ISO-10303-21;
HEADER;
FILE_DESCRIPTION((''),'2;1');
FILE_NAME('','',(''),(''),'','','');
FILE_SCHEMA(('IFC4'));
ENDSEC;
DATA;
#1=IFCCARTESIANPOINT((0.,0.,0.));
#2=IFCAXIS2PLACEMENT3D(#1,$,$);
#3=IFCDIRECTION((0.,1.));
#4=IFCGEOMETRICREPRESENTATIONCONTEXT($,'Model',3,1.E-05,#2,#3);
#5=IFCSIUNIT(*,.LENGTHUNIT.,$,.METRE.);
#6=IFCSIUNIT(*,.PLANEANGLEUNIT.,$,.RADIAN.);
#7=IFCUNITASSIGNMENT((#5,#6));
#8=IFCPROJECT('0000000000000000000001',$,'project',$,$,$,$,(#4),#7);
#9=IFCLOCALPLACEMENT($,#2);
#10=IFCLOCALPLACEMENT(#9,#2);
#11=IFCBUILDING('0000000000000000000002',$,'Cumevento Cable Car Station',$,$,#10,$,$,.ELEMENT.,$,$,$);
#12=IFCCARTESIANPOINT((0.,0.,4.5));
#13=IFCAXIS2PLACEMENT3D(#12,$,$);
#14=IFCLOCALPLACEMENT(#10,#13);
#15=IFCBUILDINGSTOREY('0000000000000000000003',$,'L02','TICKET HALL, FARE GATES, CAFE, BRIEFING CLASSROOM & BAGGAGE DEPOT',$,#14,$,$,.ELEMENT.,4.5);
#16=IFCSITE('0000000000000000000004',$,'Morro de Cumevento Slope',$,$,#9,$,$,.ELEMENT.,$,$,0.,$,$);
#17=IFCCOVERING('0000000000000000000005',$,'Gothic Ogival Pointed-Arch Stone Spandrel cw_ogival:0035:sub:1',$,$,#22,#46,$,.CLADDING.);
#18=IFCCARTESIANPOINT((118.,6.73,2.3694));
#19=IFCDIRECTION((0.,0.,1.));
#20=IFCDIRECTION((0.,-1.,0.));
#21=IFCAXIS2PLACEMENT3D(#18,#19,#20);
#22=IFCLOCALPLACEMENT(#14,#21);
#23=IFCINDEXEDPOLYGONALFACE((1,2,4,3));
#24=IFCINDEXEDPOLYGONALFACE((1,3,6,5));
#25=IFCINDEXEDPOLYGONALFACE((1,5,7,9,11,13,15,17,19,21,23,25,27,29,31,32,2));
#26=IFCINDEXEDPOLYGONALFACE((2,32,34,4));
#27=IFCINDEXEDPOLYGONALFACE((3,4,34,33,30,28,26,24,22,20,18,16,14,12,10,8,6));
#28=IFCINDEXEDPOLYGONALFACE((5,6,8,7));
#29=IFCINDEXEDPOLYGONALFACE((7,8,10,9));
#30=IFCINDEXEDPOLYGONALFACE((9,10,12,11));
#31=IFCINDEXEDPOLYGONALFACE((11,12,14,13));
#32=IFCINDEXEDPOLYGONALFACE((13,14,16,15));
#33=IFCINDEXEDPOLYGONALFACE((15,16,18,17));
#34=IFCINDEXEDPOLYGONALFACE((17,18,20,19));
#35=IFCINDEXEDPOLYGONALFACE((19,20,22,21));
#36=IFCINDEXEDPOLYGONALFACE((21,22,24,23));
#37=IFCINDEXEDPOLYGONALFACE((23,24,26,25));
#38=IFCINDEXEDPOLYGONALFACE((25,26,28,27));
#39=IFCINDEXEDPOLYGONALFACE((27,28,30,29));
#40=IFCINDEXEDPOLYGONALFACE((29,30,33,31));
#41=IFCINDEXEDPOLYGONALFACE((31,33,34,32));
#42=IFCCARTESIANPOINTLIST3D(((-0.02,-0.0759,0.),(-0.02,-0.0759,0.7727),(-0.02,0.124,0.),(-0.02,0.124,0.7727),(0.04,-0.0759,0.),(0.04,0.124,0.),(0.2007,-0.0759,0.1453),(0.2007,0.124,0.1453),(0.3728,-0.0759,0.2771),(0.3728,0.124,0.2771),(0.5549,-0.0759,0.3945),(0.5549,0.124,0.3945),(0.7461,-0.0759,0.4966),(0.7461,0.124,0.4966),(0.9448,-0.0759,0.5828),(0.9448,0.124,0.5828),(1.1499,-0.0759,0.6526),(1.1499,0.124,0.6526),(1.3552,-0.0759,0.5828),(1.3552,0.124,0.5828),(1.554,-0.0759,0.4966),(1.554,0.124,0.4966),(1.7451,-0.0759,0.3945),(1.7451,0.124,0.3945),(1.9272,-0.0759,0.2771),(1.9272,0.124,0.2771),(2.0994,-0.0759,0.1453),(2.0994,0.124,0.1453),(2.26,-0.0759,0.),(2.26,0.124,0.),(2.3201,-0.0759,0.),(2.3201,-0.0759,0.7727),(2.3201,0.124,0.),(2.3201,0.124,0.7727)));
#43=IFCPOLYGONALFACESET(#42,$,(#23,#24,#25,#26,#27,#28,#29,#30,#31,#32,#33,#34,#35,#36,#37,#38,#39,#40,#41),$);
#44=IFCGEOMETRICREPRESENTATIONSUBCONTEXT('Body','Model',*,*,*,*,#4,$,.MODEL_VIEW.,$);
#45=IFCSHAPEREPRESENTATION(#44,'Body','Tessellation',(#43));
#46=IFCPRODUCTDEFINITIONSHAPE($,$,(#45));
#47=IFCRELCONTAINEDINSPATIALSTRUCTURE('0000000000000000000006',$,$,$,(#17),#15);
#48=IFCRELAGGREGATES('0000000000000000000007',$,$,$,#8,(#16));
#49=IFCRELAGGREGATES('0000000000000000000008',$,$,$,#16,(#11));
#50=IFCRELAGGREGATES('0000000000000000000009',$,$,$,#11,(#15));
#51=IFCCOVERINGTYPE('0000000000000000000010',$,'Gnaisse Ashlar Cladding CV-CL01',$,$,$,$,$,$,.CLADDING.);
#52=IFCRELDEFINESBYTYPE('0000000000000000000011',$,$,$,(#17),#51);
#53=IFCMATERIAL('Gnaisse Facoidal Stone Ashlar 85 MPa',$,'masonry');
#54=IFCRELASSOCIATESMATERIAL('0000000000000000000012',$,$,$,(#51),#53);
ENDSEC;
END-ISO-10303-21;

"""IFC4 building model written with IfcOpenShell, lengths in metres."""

from ifc_helpers import new_model, si_unit, direction, frame, origin, place, context, subcontext, project, spatial, polyline, outline, extrude, material, type_object, element, save


model = new_model("IFC4")

# Units and contexts
model_context = context("Model", 3, precision=1e-05, world=origin(), true_north=direction((0.0, 1.0)))
body_context = subcontext(model_context, "Body", "Model", "MODEL_VIEW")
ifc_project = project(units=[si_unit("LENGTHUNIT", "METRE"), si_unit("PLANEANGLEUNIT", "RADIAN")], contexts=[model_context])

# Site, building, storey
site_placement = place(None, origin())
site = spatial("IfcSite", under=ifc_project, at=site_placement, Name="Morro de Cumevento Slope", CompositionType="ELEMENT", RefElevation=0.0)
building_placement = place(site_placement, origin())
building = spatial("IfcBuilding", under=site, at=building_placement, Name="Cumevento Cable Car Station", CompositionType="ELEMENT")
storey_placement = place(building_placement, frame((0.0, 0.0, 4.5)))
storey = spatial("IfcBuildingStorey", under=building, at=storey_placement, Name="L02", Description="TICKET HALL, FARE GATES, CAFE, BRIEFING CLASSROOM & BAGGAGE DEPOT", CompositionType="ELEMENT", Elevation=4.5)

# Covering
ifc_material_1 = material(Name="Gnaisse Facoidal Stone Ashlar 85 MPa", Category="masonry")
covering_type = type_object("IfcCoveringType", Name="Gnaisse Ashlar Cladding CV-CL01", PredefinedType="CLADDING", material=ifc_material_1)
covering_1_placement = place(storey_placement, frame((118.0, 6.73, 2.3694), z_axis=(0.0, 0.0, 1.0), x_axis=(0.0, -1.0, 0.0)))
element("IfcCovering", 1, at=covering_1_placement, inside=storey, type_object=covering_type, Name="Gothic Ogival Pointed-Arch Stone Spandrel cw_ogival:0035:sub:1", PredefinedType="CLADDING", context=body_context, shape_type="SweptSolid", body=[
    extrude(outline(polyline([(-0.02, 0.0), (-0.02, 0.7727), (2.3201, 0.7727), (2.3201, 0.0), (2.26, 0.0), (2.0994, 0.1453), (1.9272, 0.2771), (1.7451, 0.3945), (1.554, 0.4966), (1.3552, 0.5828), (1.1499, 0.6526), (0.9448, 0.5828), (0.7461, 0.4966), (0.5549, 0.3945), (0.3728, 0.2771), (0.2007, 0.1453), (0.04, 0.0), (-0.02, 0.0)])), frame((0.0, 0.124, 0.0), z_axis=(0.0, -1.0, 0.0), x_axis=(1.0, 0.0, 0.0)), (0.0, 0.0, 1.0), 0.2),
])

save(model, "model.ifc")
